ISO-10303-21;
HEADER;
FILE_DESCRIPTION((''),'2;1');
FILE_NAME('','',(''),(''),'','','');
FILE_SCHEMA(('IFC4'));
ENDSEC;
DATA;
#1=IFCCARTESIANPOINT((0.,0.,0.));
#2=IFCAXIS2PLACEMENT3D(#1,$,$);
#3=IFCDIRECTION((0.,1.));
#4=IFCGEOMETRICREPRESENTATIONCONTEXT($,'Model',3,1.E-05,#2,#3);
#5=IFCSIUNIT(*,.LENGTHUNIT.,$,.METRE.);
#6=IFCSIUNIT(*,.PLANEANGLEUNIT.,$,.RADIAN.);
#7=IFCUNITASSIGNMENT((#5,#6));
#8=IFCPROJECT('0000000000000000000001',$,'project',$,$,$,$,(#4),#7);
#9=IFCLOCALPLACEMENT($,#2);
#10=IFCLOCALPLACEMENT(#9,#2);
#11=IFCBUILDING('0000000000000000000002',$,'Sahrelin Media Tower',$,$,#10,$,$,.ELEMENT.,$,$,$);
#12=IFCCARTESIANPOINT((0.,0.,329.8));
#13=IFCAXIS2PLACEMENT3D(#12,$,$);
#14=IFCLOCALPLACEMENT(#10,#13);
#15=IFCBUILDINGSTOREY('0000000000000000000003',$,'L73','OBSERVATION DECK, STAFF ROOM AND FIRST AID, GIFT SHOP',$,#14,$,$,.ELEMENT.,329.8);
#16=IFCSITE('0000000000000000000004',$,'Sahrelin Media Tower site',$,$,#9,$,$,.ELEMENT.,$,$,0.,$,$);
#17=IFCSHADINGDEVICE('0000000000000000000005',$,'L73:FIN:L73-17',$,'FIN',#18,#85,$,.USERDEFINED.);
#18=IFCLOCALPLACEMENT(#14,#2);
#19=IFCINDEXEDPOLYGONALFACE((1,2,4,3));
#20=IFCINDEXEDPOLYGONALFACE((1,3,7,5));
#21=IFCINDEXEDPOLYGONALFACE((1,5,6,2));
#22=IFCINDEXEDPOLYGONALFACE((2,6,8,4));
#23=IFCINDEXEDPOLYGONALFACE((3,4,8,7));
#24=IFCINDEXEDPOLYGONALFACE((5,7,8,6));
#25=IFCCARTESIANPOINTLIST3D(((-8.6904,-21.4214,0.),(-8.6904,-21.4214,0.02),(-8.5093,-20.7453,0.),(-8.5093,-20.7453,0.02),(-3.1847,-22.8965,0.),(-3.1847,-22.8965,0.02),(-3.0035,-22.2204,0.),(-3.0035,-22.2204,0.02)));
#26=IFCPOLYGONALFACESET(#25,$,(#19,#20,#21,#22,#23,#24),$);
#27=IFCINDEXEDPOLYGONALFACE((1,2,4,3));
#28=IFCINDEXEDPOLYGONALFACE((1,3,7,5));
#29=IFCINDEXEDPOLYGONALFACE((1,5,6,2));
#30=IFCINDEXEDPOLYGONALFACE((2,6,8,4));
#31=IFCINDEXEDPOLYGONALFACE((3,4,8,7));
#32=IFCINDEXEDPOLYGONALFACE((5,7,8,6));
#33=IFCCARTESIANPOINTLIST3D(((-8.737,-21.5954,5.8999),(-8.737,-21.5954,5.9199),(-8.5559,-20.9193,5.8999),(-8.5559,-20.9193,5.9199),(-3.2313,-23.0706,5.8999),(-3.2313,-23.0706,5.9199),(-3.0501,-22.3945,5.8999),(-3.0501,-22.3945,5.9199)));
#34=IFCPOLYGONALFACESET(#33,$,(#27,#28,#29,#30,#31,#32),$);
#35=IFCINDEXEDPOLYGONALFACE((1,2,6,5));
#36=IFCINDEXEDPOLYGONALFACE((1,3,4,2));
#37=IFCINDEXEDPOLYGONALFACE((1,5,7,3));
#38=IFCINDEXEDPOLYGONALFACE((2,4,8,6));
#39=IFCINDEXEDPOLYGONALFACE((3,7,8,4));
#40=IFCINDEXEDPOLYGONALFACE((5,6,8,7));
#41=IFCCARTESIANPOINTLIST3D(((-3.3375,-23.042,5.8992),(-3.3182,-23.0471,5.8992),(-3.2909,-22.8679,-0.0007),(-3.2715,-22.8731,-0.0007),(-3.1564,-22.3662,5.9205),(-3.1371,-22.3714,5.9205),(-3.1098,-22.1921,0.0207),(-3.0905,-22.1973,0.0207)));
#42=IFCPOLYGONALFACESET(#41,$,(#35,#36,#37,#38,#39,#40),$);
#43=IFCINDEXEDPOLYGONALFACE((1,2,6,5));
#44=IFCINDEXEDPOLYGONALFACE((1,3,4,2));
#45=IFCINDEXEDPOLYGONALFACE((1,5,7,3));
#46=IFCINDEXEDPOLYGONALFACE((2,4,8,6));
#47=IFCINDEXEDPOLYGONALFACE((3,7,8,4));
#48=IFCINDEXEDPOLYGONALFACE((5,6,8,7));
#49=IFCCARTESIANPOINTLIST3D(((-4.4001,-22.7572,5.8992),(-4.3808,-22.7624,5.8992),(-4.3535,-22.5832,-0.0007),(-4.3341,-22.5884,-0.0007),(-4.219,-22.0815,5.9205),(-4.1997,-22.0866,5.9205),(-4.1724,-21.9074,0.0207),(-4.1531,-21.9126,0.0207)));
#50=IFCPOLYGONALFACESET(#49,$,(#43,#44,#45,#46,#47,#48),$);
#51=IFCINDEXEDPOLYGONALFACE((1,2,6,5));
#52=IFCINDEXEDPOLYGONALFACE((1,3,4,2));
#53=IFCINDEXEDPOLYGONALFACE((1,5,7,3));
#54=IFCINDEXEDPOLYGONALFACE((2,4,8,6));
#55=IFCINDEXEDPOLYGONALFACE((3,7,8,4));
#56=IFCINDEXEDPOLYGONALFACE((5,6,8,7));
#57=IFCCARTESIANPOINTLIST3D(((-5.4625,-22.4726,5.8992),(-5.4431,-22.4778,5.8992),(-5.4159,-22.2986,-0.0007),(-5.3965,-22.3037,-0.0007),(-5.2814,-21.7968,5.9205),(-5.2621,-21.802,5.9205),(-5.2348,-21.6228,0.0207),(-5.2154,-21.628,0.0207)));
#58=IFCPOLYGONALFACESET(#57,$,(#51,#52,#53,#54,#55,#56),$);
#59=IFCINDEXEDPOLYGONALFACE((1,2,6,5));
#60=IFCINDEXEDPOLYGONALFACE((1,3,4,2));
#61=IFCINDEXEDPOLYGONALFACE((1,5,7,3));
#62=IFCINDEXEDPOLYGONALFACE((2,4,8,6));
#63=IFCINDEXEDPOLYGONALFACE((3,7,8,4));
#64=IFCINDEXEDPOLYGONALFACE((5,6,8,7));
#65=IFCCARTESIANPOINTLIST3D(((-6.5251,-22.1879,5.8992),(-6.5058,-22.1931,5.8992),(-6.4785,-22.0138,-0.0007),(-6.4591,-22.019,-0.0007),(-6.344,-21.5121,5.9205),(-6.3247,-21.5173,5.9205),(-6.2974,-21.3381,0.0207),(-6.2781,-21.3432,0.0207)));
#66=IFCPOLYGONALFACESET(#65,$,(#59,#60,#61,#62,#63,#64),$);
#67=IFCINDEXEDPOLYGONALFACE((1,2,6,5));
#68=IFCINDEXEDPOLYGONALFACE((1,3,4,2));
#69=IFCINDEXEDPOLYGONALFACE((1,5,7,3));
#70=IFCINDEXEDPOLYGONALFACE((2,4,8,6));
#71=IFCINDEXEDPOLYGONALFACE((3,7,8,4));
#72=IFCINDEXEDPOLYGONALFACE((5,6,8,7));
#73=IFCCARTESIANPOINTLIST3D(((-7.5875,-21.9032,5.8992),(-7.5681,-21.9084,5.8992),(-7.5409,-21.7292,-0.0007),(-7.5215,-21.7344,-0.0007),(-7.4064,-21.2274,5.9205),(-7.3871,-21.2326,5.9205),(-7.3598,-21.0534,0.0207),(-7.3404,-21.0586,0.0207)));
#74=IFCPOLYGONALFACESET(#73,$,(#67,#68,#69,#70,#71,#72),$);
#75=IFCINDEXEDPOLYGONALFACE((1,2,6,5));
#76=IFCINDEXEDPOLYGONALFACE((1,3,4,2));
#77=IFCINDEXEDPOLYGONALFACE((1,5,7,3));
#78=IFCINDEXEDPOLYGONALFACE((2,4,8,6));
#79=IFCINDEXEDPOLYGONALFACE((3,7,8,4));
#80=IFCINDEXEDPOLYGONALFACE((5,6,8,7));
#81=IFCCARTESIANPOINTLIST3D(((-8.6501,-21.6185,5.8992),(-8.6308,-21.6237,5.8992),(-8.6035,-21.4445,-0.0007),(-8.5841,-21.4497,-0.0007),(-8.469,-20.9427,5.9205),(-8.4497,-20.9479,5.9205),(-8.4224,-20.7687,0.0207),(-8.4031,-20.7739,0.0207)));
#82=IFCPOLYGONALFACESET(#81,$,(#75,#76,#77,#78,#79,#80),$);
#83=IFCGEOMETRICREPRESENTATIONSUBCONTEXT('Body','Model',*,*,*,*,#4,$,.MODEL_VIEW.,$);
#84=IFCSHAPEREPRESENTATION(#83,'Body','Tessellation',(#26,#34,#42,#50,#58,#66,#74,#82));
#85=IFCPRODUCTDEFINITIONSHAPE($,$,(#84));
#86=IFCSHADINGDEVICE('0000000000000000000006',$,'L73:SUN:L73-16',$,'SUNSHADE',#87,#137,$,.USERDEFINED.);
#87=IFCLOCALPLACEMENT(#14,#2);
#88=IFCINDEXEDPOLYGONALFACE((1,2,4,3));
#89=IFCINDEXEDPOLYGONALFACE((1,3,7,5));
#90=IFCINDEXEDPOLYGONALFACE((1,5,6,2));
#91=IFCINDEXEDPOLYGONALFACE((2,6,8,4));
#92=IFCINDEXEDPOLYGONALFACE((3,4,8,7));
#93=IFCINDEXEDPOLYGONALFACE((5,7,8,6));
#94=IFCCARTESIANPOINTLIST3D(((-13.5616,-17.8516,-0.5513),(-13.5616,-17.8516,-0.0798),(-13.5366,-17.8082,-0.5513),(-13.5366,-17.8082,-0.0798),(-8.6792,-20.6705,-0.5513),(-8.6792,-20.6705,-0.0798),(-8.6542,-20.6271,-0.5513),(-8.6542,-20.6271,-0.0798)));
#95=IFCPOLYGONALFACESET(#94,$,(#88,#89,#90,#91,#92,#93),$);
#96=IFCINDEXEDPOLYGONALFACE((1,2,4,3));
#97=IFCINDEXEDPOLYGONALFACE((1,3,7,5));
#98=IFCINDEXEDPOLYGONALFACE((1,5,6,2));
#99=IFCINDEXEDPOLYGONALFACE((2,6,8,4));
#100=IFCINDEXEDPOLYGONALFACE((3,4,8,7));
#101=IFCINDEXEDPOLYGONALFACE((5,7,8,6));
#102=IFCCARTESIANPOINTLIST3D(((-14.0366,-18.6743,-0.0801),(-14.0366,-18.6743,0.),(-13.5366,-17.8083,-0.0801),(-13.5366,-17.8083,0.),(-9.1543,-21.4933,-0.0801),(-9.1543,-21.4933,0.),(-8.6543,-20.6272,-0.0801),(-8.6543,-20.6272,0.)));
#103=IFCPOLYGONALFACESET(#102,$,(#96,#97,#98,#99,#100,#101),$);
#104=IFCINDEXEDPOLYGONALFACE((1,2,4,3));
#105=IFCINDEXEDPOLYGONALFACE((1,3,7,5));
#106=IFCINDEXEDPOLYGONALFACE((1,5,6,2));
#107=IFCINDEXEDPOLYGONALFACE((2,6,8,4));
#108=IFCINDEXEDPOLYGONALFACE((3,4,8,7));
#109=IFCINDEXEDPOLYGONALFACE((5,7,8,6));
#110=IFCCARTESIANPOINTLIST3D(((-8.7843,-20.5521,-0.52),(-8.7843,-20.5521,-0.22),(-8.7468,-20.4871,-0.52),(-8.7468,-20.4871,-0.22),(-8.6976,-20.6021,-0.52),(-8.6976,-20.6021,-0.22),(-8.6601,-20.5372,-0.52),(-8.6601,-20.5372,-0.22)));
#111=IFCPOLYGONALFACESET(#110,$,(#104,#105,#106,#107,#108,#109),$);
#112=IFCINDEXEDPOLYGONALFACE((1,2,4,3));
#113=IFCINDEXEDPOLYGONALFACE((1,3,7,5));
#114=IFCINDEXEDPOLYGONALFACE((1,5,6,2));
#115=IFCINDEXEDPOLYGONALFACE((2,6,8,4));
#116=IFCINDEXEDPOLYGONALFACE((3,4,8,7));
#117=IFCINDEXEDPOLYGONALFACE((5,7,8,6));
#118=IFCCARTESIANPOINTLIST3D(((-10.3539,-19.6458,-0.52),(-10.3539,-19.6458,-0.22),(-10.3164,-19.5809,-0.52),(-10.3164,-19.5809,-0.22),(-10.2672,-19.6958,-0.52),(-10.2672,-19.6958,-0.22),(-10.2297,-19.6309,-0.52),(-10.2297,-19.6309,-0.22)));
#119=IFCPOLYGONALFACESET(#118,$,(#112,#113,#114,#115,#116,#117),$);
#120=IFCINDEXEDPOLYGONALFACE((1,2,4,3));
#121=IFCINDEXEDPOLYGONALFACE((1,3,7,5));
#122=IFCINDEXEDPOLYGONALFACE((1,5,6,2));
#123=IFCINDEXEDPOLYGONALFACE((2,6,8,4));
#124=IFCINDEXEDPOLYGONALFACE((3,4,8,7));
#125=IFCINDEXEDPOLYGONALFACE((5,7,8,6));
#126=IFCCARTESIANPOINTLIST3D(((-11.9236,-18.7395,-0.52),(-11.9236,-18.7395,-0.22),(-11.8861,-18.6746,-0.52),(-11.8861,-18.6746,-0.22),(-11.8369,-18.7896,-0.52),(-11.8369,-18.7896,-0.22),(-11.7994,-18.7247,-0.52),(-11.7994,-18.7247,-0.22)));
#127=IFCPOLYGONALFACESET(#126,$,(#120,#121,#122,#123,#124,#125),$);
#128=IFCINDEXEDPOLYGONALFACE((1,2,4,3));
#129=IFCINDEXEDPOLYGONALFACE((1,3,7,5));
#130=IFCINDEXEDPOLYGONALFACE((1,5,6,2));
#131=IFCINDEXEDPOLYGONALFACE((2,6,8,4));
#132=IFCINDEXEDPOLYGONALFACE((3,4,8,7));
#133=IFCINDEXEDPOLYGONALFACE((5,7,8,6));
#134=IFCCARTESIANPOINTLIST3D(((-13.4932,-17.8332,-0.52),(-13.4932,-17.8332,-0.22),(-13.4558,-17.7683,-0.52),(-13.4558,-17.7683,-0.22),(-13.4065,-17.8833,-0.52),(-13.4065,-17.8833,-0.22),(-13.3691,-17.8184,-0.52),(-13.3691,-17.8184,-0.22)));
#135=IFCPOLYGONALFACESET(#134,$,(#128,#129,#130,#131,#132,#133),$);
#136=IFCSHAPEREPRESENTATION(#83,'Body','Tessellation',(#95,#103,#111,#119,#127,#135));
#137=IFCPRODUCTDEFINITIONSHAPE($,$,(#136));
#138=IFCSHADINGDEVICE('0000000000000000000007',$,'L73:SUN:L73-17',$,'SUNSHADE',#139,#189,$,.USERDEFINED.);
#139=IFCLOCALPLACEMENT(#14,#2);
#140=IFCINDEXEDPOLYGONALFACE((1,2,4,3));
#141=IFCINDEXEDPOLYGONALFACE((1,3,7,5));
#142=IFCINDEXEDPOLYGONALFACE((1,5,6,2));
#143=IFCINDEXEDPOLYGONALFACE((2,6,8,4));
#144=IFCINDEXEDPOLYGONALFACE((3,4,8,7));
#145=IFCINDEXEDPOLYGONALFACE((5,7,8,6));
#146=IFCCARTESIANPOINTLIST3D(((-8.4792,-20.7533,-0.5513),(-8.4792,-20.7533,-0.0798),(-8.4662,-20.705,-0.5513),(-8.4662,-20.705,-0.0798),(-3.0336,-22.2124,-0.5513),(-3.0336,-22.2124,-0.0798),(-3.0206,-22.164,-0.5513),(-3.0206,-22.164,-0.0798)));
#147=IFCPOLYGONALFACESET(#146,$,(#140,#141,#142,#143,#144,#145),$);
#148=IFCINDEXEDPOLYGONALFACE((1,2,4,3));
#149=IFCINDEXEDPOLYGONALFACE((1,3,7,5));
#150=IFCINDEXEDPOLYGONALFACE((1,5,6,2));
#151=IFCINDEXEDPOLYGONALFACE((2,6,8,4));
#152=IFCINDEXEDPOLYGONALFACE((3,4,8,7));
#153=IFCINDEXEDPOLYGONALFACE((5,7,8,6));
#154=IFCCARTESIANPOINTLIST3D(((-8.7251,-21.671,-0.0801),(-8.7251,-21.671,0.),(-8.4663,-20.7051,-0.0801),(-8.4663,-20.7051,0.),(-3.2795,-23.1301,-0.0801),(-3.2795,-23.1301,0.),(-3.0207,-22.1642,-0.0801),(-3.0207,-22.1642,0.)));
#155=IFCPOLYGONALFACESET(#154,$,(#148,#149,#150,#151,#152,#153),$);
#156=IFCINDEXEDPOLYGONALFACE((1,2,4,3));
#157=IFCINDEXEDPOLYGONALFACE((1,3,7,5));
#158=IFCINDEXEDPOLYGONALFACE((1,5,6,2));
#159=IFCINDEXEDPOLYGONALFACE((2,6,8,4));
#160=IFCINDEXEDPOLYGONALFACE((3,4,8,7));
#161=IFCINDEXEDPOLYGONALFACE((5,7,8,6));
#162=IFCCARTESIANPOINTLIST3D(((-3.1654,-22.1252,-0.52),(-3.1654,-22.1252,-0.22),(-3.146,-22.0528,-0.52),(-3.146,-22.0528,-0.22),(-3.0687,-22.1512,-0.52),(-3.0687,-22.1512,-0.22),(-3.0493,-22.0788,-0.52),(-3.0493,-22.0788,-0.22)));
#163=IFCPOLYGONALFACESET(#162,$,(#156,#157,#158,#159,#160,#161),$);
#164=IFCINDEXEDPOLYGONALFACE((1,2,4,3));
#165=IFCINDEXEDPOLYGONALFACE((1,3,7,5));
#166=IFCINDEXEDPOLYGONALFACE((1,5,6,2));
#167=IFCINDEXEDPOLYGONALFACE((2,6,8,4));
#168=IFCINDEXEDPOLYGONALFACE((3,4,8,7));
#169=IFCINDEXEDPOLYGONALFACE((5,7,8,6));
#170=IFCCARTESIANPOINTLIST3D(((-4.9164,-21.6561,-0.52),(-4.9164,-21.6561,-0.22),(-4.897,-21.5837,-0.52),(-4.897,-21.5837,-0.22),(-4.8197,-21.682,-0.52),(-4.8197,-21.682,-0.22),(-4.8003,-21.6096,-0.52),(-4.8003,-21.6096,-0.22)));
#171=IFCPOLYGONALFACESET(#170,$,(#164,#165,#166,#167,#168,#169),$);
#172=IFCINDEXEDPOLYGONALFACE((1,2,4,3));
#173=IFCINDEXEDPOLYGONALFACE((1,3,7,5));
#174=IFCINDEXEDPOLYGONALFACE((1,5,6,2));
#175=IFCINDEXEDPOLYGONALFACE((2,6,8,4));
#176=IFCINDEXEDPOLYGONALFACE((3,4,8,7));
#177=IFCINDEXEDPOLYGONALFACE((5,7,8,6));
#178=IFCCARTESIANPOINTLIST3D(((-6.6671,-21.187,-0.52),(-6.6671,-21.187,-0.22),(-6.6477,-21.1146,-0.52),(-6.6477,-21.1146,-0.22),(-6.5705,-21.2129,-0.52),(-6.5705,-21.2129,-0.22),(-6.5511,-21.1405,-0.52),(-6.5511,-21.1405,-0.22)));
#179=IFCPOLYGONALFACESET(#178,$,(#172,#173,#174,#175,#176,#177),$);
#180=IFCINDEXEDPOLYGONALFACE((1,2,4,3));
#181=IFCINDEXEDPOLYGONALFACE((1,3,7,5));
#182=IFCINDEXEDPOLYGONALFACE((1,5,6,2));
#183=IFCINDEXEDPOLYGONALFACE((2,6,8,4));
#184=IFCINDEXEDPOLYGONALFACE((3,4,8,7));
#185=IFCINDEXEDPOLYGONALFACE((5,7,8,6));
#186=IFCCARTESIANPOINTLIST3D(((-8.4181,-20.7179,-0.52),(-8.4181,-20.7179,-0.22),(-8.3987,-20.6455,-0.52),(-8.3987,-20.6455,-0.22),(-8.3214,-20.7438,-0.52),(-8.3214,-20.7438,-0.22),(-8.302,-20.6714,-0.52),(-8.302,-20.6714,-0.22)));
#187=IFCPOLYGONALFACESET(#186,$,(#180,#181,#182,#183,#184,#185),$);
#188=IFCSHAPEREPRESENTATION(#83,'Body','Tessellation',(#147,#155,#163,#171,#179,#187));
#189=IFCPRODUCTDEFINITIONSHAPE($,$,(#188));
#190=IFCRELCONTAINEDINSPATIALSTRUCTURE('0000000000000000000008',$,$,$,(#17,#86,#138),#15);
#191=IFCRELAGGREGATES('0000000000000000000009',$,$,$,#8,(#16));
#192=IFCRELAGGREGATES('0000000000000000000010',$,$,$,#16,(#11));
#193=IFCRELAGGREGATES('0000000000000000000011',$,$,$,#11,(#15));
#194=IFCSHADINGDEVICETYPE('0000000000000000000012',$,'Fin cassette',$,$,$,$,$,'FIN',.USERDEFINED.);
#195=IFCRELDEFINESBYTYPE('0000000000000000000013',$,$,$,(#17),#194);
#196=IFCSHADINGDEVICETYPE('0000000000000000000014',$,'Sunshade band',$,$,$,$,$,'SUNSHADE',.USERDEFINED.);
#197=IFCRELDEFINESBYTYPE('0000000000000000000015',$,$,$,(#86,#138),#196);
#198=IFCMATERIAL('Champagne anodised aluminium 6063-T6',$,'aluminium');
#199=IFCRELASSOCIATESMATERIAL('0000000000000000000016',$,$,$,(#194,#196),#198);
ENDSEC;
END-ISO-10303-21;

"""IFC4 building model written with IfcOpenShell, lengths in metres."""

from ifc_helpers import new_model, si_unit, direction, frame, origin, origin_2d, place, context, subcontext, project, spatial, rectangle, extrude, material, type_object, element, save


model = new_model("IFC4")

# Units and contexts
model_context = context("Model", 3, precision=1e-05, world=origin(), true_north=direction((0.0, 1.0)))
body_context = subcontext(model_context, "Body", "Model", "MODEL_VIEW")
ifc_project = project(units=[si_unit("LENGTHUNIT", "METRE"), si_unit("PLANEANGLEUNIT", "RADIAN")], contexts=[model_context])

# Site, building, storey
site_placement = place(None, origin())
site = spatial("IfcSite", under=ifc_project, at=site_placement, Name="Sahrelin Media Tower site", CompositionType="ELEMENT", RefElevation=0.0)
building_placement = place(site_placement, origin())
building = spatial("IfcBuilding", under=site, at=building_placement, Name="Sahrelin Media Tower", CompositionType="ELEMENT")
storey_placement = place(building_placement, frame((0.0, 0.0, 329.8)))
storey = spatial("IfcBuildingStorey", under=building, at=storey_placement, Name="L73", Description="OBSERVATION DECK, STAFF ROOM AND FIRST AID, GIFT SHOP", CompositionType="ELEMENT", Elevation=329.8)

# Shared definitions
ifc_material_1 = material(Name="Champagne anodised aluminium 6063-T6", Category="aluminium")

# Shading devices
shading_device_type_1 = type_object("IfcShadingDeviceType", Name="Fin cassette", ElementType="FIN", PredefinedType="USERDEFINED", material=ifc_material_1)
placement_1 = place(storey_placement, frame((-11.0854, -19.2004, 0.0), z_axis=(0.0, 0.0, 1.0), x_axis=(-0.866019, 0.500011, 0.0)))
placement_2 = place(storey_placement, frame((-5.7383, -21.4153, 0.0), z_axis=(0.0, 0.0, 1.0), x_axis=(-0.965929, 0.258808, 0.0)))
element("IfcShadingDevice", 1, at=placement_2, inside=storey, type_object=shading_device_type_1, Name="L73:FIN:L73-17", ObjectType="FIN", PredefinedType="USERDEFINED", context=body_context, shape_type="SweptSolid", body=[
    extrude(rectangle(XDim=5.7, YDim=0.7, at=origin_2d()), frame((0.0, 0.4199, 0.0)), (0.0, 0.0, 1.0), 0.02),
    extrude(rectangle(XDim=5.7, YDim=0.7, at=origin_2d()), frame((0.0, 0.6001, 5.8999)), (0.0, 0.0, 1.0), 0.02),
    extrude(rectangle(XDim=0.02, YDim=0.7, at=origin_2d()), frame((-2.75, 0.4199, 0.01), z_axis=(0.0, 0.030525, 0.999534), x_axis=(-1.0, 0.0, 0.0)), (0.0, 0.0, 1.0), 5.9026),
    extrude(rectangle(XDim=0.02, YDim=0.7, at=origin_2d()), frame((-1.6499, 0.4199, 0.01), z_axis=(0.0, 0.030525, 0.999534), x_axis=(-1.0, 0.0, 0.0)), (0.0, 0.0, 1.0), 5.9026),
    extrude(rectangle(XDim=0.02, YDim=0.7, at=origin_2d()), frame((-0.55, 0.4199, 0.01), z_axis=(0.0, 0.030525, 0.999534), x_axis=(-1.0, 0.0, 0.0)), (0.0, 0.0, 1.0), 5.9026),
    extrude(rectangle(XDim=0.02, YDim=0.7, at=origin_2d()), frame((0.55, 0.4199, 0.01), z_axis=(0.0, 0.030525, 0.999534), x_axis=(-1.0, 0.0, 0.0)), (0.0, 0.0, 1.0), 5.9026),
    extrude(rectangle(XDim=0.02, YDim=0.7, at=origin_2d()), frame((1.6499, 0.4199, 0.01), z_axis=(0.0, 0.030525, 0.999534), x_axis=(-1.0, 0.0, 0.0)), (0.0, 0.0, 1.0), 5.9026),
    extrude(rectangle(XDim=0.02, YDim=0.7, at=origin_2d()), frame((2.75, 0.4199, 0.01), z_axis=(0.0, 0.030525, 0.999534), x_axis=(-1.0, 0.0, 0.0)), (0.0, 0.0, 1.0), 5.9026),
])
shading_device_type_2 = type_object("IfcShadingDeviceType", Name="Sunshade band", ElementType="SUNSHADE", PredefinedType="USERDEFINED", material=ifc_material_1)
element("IfcShadingDevice", 2, at=placement_1, inside=storey, type_object=shading_device_type_2, Name="L73:SUN:L73-16", ObjectType="SUNSHADE", PredefinedType="USERDEFINED", context=body_context, shape_type="SweptSolid", body=[
    extrude(rectangle(XDim=5.6377, YDim=0.05, at=origin_2d()), frame((0.0, 0.0449, -0.5513)), (0.0, 0.0, 1.0), 0.4714),
    extrude(rectangle(XDim=5.6377, YDim=1.0, at=origin_2d()), frame((0.0, 0.52, -0.0801)), (0.0, 0.0, 1.0), 0.0801),
    extrude(rectangle(XDim=0.1001, YDim=0.075, at=origin_2d()), frame((-2.7188, -0.0176, -0.52)), (0.0, 0.0, 1.0), 0.3),
    extrude(rectangle(XDim=0.1001, YDim=0.075, at=origin_2d()), frame((-0.9062, -0.0176, -0.52)), (0.0, 0.0, 1.0), 0.3),
    extrude(rectangle(XDim=0.1001, YDim=0.075, at=origin_2d()), frame((0.9062, -0.0176, -0.52)), (0.0, 0.0, 1.0), 0.3),
    extrude(rectangle(XDim=0.1001, YDim=0.075, at=origin_2d()), frame((2.7188, -0.0176, -0.52)), (0.0, 0.0, 1.0), 0.3),
])
element("IfcShadingDevice", 3, at=placement_2, inside=storey, type_object=shading_device_type_2, Name="L73:SUN:L73-17", ObjectType="SUNSHADE", PredefinedType="USERDEFINED", context=body_context, shape_type="SweptSolid", body=[
    extrude(rectangle(XDim=5.6377, YDim=0.05, at=origin_2d()), frame((0.0, 0.0449, -0.5513)), (0.0, 0.0, 1.0), 0.4714),
    extrude(rectangle(XDim=5.6377, YDim=1.0, at=origin_2d()), frame((0.0, 0.52, -0.0801)), (0.0, 0.0, 1.0), 0.0801),
    extrude(rectangle(XDim=0.1001, YDim=0.075, at=origin_2d()), frame((-2.719, -0.0176, -0.52)), (0.0, 0.0, 1.0), 0.3),
    extrude(rectangle(XDim=0.1001, YDim=0.075, at=origin_2d()), frame((-0.9062, -0.0176, -0.52)), (0.0, 0.0, 1.0), 0.3),
    extrude(rectangle(XDim=0.1001, YDim=0.075, at=origin_2d()), frame((0.9062, -0.0176, -0.52)), (0.0, 0.0, 1.0), 0.3),
    extrude(rectangle(XDim=0.1001, YDim=0.075, at=origin_2d()), frame((2.719, -0.0176, -0.52)), (0.0, 0.0, 1.0), 0.3),
])

save(model, "model.ifc")
